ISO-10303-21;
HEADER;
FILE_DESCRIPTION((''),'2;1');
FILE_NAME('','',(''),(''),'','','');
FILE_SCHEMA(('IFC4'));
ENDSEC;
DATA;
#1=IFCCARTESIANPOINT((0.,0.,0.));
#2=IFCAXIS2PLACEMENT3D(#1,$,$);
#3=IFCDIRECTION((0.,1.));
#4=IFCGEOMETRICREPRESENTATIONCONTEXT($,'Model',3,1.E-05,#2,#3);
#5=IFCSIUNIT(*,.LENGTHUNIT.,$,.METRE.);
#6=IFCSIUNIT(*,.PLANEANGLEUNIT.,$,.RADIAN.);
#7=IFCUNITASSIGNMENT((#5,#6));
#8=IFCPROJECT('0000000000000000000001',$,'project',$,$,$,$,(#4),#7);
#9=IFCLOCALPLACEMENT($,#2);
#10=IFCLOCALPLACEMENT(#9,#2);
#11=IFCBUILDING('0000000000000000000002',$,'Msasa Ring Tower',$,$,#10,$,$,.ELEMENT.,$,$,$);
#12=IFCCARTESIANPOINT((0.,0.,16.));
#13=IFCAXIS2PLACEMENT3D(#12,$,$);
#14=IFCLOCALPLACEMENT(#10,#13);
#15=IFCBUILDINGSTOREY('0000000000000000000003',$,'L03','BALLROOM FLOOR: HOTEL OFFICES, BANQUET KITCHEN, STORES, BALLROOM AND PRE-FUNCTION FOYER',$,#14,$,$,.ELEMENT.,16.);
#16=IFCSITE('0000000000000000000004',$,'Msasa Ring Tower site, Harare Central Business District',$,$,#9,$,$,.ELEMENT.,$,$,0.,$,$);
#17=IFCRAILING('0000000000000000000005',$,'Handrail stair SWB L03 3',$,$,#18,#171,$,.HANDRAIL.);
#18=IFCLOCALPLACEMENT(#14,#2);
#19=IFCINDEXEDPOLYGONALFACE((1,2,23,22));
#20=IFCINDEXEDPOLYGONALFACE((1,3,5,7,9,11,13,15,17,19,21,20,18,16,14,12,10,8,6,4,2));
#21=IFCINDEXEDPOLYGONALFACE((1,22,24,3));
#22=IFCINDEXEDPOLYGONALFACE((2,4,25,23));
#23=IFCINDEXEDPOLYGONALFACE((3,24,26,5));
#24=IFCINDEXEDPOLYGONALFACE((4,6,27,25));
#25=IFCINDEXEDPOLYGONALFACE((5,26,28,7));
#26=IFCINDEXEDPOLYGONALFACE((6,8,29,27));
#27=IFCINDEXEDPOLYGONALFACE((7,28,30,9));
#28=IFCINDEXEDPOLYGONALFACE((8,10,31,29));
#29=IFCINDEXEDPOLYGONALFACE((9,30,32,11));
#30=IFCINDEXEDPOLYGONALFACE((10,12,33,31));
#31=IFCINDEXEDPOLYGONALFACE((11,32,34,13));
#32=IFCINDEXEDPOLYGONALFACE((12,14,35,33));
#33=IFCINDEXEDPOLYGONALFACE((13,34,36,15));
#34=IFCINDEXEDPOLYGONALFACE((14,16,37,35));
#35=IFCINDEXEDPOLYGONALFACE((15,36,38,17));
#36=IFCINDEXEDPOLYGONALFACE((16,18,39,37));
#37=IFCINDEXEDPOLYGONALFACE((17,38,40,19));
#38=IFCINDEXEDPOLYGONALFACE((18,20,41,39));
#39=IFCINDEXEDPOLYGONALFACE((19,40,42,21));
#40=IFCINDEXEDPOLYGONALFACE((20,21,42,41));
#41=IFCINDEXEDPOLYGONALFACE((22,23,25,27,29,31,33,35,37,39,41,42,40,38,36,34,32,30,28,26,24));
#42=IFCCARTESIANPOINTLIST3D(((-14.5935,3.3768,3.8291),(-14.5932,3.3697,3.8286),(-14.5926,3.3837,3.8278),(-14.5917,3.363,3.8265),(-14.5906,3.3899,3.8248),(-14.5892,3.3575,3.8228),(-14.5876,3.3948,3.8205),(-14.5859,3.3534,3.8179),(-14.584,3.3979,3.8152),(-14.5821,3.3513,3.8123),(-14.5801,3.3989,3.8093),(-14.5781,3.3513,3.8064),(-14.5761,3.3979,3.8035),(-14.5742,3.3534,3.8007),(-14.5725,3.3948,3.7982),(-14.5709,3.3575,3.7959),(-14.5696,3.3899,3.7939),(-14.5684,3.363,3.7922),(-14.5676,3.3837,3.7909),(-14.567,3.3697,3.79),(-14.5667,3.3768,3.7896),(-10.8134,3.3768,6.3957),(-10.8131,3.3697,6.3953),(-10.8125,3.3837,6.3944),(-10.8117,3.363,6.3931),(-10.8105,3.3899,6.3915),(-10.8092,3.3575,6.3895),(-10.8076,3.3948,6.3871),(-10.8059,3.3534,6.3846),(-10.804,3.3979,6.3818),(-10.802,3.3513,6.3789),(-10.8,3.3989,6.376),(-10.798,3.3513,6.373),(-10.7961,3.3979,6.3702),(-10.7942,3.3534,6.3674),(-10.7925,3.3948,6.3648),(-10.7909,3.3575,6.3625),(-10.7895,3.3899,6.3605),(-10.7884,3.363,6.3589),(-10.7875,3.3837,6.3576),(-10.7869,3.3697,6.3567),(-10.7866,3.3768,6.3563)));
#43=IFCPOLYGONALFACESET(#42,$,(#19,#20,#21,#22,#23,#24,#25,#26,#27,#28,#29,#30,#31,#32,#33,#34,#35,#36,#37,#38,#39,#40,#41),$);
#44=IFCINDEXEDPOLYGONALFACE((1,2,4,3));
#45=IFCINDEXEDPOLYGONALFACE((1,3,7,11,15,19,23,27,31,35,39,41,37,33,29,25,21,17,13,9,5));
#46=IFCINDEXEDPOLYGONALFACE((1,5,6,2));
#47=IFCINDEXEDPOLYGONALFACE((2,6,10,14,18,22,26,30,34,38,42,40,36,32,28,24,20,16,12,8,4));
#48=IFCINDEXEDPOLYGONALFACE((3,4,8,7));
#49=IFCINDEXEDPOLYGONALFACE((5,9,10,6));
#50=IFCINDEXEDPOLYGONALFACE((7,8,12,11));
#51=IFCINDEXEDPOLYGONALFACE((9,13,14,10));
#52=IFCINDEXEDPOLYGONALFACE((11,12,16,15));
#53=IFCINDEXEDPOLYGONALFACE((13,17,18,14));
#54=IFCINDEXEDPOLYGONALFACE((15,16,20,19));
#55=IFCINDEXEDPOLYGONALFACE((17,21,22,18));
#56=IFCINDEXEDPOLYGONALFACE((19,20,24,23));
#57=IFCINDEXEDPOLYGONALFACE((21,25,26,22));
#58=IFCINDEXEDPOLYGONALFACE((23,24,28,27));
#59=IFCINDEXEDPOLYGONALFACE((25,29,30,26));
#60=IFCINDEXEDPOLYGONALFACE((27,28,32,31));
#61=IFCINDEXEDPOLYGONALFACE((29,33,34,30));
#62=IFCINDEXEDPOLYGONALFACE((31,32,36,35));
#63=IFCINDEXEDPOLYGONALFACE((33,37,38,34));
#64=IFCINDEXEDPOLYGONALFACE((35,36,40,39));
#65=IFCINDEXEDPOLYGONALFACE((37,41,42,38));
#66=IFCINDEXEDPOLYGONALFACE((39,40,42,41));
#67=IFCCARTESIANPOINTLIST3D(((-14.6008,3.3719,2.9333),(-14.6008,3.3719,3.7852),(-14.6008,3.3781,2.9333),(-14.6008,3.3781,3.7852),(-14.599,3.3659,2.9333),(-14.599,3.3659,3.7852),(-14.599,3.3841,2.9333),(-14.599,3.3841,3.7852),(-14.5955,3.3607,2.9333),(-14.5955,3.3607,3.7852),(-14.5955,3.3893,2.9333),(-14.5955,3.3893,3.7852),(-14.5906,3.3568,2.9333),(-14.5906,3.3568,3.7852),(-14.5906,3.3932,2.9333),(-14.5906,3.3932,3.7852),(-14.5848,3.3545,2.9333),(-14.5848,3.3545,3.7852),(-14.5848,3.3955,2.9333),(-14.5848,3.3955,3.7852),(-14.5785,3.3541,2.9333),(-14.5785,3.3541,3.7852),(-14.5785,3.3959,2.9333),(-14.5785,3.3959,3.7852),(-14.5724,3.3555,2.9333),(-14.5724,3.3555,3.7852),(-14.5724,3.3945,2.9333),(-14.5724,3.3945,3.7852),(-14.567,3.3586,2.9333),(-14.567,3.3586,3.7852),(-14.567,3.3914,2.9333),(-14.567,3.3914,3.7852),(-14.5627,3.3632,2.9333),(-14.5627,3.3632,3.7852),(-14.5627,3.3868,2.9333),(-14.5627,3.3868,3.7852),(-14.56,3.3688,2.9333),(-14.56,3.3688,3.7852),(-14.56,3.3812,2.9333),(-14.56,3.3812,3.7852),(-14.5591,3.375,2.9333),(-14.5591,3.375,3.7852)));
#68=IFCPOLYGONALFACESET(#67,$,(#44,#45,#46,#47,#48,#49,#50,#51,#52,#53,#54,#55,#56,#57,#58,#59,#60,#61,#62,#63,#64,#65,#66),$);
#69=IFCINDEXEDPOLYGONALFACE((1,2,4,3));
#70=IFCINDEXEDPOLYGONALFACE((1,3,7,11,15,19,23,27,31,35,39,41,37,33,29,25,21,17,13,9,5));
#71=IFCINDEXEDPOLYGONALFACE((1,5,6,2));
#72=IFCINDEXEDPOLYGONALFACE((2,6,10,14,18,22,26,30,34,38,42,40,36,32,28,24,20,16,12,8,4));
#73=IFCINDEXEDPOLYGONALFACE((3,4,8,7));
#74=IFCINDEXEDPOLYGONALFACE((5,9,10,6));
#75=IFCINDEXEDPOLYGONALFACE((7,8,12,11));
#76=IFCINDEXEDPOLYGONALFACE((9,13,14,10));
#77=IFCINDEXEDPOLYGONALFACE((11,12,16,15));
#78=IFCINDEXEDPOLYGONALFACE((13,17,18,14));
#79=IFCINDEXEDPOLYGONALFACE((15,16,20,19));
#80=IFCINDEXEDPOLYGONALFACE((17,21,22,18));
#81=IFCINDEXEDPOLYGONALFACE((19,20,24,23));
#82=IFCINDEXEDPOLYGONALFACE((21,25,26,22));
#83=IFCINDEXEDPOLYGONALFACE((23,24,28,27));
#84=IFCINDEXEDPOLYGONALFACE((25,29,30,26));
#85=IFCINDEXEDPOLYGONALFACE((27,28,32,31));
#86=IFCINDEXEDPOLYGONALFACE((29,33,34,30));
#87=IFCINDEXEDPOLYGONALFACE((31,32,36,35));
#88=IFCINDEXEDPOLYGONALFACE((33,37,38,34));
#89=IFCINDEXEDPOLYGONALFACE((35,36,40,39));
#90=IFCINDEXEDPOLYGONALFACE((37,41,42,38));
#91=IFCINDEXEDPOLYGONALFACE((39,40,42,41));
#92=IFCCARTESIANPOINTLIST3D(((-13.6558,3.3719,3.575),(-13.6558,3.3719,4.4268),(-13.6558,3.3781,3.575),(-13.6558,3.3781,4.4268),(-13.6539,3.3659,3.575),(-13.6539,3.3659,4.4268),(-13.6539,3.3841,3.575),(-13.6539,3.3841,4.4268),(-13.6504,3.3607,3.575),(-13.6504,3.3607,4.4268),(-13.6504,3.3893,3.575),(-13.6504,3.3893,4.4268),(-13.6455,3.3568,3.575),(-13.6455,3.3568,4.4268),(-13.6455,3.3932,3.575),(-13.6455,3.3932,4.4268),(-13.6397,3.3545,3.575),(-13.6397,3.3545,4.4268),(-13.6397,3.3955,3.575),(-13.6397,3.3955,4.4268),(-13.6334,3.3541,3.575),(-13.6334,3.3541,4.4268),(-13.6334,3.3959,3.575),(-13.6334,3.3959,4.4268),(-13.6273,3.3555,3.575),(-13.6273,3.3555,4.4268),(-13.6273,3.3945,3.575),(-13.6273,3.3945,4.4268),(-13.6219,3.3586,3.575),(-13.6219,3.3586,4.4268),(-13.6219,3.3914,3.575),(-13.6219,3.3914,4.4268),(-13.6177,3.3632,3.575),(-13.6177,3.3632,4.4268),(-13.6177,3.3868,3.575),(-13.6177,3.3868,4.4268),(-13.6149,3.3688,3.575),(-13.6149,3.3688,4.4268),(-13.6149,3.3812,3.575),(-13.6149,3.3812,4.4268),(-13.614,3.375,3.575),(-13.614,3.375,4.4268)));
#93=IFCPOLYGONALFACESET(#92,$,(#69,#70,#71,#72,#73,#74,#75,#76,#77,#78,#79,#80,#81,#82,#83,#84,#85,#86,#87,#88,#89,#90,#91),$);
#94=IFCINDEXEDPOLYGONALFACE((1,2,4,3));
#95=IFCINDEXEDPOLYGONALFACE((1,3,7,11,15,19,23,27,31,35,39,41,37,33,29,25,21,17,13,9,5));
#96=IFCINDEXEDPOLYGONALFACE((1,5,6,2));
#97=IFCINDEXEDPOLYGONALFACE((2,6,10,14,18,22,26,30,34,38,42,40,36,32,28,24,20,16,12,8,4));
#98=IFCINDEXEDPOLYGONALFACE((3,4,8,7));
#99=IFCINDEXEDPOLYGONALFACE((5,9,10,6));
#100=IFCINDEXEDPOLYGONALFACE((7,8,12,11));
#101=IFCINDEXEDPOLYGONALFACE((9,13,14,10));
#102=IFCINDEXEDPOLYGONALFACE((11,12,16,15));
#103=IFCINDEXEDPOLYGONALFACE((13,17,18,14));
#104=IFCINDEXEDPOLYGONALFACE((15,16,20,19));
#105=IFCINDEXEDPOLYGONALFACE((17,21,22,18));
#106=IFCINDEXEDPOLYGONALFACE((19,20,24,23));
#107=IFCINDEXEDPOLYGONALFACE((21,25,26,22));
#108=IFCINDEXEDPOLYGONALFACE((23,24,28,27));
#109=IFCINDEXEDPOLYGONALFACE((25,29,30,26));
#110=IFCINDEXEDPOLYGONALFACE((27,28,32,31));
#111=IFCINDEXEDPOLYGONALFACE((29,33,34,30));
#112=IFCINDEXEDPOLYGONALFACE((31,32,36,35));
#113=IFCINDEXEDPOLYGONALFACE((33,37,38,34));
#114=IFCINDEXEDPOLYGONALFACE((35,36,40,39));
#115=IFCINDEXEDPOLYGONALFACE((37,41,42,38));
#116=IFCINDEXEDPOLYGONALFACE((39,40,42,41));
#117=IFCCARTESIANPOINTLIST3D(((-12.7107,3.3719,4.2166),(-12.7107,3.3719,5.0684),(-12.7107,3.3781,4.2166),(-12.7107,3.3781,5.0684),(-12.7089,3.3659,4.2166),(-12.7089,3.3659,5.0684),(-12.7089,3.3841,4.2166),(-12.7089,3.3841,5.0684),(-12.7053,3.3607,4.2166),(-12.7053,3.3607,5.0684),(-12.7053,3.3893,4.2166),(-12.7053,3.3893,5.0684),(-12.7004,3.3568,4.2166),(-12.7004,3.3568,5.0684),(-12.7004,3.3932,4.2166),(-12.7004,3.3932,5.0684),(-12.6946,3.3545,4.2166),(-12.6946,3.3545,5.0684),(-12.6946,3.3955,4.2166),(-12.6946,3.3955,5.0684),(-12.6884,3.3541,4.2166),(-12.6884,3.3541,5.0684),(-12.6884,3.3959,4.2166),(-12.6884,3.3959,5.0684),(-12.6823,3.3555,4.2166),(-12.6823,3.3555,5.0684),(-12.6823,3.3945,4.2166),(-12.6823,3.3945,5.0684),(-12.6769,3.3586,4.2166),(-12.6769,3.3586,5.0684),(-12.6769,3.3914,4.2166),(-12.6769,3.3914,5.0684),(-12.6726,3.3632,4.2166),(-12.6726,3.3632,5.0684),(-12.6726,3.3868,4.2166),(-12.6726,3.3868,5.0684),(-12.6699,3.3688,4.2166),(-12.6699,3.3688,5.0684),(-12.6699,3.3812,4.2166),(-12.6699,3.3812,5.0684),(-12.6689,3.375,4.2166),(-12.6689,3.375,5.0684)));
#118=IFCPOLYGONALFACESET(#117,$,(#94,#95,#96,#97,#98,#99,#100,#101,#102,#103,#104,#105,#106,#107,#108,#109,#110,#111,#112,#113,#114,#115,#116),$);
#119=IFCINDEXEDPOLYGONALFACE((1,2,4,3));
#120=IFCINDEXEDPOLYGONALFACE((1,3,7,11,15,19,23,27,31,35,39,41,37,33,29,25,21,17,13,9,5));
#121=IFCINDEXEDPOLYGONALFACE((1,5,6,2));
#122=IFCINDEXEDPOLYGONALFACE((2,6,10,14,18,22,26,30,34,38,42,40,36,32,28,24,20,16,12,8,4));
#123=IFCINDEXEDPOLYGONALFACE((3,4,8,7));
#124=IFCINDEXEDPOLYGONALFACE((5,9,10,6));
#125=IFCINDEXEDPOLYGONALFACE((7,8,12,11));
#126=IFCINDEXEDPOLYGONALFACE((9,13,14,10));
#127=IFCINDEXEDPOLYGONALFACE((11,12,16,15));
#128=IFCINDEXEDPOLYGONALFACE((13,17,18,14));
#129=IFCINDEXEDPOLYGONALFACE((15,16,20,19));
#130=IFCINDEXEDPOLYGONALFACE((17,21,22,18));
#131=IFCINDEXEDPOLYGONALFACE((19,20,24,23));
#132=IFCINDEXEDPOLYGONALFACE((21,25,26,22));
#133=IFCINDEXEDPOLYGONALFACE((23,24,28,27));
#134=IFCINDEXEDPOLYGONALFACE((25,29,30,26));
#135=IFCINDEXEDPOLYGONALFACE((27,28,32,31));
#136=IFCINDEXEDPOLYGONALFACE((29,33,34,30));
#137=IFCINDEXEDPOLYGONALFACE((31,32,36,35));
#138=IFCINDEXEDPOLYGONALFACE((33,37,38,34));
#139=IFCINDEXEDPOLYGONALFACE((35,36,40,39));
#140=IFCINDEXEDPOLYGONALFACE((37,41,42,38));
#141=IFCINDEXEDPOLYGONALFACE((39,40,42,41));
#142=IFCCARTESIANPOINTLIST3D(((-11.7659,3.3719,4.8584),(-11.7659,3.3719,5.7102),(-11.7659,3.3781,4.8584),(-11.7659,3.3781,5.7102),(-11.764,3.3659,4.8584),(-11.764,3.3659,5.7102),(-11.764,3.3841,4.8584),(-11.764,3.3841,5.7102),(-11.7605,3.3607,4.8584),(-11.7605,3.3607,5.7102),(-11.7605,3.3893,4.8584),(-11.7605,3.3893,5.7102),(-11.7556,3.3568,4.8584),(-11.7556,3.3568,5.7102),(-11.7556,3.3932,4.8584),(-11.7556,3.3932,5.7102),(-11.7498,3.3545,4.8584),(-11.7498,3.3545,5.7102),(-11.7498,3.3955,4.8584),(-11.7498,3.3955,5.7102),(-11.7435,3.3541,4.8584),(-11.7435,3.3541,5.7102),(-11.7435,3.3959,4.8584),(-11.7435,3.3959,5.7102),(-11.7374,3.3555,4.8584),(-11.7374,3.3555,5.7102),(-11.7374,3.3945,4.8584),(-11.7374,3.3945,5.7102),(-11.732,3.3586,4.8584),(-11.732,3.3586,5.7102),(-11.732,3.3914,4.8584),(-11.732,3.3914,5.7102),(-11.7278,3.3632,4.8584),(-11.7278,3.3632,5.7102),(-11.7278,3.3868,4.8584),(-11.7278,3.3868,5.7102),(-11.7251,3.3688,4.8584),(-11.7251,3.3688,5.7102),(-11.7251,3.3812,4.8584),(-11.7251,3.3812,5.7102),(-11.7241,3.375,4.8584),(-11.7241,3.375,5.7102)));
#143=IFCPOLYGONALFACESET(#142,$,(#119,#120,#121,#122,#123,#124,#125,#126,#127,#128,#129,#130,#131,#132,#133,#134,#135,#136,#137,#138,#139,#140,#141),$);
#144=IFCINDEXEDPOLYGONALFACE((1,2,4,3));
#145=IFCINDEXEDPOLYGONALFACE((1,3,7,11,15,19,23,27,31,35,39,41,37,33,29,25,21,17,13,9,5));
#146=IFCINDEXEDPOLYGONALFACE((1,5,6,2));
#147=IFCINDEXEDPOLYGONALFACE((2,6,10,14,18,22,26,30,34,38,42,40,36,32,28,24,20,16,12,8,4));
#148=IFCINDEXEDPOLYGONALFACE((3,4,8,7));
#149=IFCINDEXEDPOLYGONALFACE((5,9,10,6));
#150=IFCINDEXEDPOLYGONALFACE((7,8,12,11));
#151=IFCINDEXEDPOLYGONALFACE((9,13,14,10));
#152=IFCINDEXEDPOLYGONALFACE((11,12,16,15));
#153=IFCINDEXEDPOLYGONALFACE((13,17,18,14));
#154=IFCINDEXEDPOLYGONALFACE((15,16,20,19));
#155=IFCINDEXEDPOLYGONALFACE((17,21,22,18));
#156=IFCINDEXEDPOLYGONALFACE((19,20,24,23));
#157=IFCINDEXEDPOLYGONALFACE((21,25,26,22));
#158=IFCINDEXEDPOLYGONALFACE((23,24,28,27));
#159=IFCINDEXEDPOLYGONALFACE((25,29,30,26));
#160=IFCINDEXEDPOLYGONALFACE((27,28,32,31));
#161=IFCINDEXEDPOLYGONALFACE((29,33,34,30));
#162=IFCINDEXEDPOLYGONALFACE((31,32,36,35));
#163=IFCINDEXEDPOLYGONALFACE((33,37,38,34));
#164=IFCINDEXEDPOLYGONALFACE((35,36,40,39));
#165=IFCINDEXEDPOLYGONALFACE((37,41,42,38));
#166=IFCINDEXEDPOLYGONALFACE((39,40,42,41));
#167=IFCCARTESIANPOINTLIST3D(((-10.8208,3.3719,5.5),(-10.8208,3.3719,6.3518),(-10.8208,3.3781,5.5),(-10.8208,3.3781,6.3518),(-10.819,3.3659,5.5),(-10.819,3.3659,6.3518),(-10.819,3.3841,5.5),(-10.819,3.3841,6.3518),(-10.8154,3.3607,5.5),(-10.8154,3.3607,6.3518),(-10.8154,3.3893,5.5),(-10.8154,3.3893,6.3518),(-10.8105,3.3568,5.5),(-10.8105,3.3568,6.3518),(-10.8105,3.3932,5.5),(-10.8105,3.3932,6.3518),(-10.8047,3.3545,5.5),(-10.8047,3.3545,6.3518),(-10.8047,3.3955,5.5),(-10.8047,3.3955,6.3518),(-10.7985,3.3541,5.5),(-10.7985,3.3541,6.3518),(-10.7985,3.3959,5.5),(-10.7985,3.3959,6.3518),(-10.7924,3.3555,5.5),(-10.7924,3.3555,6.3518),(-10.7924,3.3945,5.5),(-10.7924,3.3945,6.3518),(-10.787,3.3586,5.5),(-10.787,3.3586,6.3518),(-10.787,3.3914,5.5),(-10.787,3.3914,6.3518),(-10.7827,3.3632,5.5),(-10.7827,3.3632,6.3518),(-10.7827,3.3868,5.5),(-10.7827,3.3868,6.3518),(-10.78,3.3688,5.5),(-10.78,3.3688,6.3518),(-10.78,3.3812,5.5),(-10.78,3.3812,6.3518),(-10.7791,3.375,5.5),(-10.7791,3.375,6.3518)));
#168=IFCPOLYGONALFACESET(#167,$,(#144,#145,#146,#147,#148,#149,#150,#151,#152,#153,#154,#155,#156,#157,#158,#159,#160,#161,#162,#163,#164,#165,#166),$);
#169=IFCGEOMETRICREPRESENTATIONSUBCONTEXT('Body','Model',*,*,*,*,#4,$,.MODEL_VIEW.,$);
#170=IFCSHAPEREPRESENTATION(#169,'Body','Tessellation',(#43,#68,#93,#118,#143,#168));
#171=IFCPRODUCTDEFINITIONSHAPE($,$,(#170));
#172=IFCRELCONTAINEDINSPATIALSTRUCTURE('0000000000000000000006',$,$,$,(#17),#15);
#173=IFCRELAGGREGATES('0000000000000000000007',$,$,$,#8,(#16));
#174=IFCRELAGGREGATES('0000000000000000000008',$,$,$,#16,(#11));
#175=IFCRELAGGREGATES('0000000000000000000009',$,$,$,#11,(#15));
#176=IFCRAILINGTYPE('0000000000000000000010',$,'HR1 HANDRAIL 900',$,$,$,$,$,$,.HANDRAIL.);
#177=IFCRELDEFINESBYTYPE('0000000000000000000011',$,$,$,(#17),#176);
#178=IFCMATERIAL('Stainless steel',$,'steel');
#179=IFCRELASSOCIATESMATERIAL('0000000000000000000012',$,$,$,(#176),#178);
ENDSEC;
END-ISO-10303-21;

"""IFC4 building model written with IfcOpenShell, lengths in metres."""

from ifc_helpers import new_model, si_unit, direction, frame, origin, origin_2d, place, context, subcontext, project, spatial, circle, extrude, material, type_object, element, save


model = new_model("IFC4")

# Units and contexts
model_context = context("Model", 3, precision=1e-05, world=origin(), true_north=direction((0.0, 1.0)))
body_context = subcontext(model_context, "Body", "Model", "MODEL_VIEW")
ifc_project = project(units=[si_unit("LENGTHUNIT", "METRE"), si_unit("PLANEANGLEUNIT", "RADIAN")], contexts=[model_context])

# Site, building, storey
site_placement = place(None, origin())
site = spatial("IfcSite", under=ifc_project, at=site_placement, Name="Msasa Ring Tower site, Harare Central Business District", CompositionType="ELEMENT", RefElevation=0.0)
building_placement = place(site_placement, origin())
building = spatial("IfcBuilding", under=site, at=building_placement, Name="Msasa Ring Tower", CompositionType="ELEMENT")
storey_placement = place(building_placement, frame((0.0, 0.0, 16.0)))
storey = spatial("IfcBuildingStorey", under=building, at=storey_placement, Name="L03", Description="BALLROOM FLOOR: HOTEL OFFICES, BANQUET KITCHEN, STORES, BALLROOM AND PRE-FUNCTION FOYER", CompositionType="ELEMENT", Elevation=16.0)

# Railing
ifc_material_1 = material(Name="Stainless steel", Category="steel")
railing_type = type_object("IfcRailingType", Name="HR1 HANDRAIL 900", PredefinedType="HANDRAIL", material=ifc_material_1)
for number, where, name in (
    (1, (-14.5801, 3.375, 2.9333), "Handrail stair SWB L03 3"),
):
    element("IfcRailing", number, at=place(storey_placement, frame(where)), inside=storey, type_object=railing_type, Name=name, PredefinedType="HANDRAIL", context=body_context, shape_type="SweptSolid", body=[
        extrude(circle(Radius=0.0239, at=origin_2d()), frame((0.0, 0.0, 0.876), z_axis=(0.82731, 0.0, 0.561746), x_axis=(0.0, 1.0, 0.0)), (0.0, 0.0, 1.0), 4.5691),
        extrude(circle(Radius=0.021, at=origin_2d()), origin(), (0.0, 0.0, 1.0), 0.8518),
        extrude(circle(Radius=0.021, at=origin_2d()), frame((0.9451, 0.0, 0.6416)), (0.0, 0.0, 1.0), 0.8518),
        extrude(circle(Radius=0.021, at=origin_2d()), frame((1.8901, 0.0, 1.2832)), (0.0, 0.0, 1.0), 0.8518),
        extrude(circle(Radius=0.021, at=origin_2d()), frame((2.835, 0.0, 1.925)), (0.0, 0.0, 1.0), 0.8518),
        extrude(circle(Radius=0.021, at=origin_2d()), frame((3.78, 0.0, 2.5667)), (0.0, 0.0, 1.0), 0.8518),
    ])

save(model, "model.ifc")
